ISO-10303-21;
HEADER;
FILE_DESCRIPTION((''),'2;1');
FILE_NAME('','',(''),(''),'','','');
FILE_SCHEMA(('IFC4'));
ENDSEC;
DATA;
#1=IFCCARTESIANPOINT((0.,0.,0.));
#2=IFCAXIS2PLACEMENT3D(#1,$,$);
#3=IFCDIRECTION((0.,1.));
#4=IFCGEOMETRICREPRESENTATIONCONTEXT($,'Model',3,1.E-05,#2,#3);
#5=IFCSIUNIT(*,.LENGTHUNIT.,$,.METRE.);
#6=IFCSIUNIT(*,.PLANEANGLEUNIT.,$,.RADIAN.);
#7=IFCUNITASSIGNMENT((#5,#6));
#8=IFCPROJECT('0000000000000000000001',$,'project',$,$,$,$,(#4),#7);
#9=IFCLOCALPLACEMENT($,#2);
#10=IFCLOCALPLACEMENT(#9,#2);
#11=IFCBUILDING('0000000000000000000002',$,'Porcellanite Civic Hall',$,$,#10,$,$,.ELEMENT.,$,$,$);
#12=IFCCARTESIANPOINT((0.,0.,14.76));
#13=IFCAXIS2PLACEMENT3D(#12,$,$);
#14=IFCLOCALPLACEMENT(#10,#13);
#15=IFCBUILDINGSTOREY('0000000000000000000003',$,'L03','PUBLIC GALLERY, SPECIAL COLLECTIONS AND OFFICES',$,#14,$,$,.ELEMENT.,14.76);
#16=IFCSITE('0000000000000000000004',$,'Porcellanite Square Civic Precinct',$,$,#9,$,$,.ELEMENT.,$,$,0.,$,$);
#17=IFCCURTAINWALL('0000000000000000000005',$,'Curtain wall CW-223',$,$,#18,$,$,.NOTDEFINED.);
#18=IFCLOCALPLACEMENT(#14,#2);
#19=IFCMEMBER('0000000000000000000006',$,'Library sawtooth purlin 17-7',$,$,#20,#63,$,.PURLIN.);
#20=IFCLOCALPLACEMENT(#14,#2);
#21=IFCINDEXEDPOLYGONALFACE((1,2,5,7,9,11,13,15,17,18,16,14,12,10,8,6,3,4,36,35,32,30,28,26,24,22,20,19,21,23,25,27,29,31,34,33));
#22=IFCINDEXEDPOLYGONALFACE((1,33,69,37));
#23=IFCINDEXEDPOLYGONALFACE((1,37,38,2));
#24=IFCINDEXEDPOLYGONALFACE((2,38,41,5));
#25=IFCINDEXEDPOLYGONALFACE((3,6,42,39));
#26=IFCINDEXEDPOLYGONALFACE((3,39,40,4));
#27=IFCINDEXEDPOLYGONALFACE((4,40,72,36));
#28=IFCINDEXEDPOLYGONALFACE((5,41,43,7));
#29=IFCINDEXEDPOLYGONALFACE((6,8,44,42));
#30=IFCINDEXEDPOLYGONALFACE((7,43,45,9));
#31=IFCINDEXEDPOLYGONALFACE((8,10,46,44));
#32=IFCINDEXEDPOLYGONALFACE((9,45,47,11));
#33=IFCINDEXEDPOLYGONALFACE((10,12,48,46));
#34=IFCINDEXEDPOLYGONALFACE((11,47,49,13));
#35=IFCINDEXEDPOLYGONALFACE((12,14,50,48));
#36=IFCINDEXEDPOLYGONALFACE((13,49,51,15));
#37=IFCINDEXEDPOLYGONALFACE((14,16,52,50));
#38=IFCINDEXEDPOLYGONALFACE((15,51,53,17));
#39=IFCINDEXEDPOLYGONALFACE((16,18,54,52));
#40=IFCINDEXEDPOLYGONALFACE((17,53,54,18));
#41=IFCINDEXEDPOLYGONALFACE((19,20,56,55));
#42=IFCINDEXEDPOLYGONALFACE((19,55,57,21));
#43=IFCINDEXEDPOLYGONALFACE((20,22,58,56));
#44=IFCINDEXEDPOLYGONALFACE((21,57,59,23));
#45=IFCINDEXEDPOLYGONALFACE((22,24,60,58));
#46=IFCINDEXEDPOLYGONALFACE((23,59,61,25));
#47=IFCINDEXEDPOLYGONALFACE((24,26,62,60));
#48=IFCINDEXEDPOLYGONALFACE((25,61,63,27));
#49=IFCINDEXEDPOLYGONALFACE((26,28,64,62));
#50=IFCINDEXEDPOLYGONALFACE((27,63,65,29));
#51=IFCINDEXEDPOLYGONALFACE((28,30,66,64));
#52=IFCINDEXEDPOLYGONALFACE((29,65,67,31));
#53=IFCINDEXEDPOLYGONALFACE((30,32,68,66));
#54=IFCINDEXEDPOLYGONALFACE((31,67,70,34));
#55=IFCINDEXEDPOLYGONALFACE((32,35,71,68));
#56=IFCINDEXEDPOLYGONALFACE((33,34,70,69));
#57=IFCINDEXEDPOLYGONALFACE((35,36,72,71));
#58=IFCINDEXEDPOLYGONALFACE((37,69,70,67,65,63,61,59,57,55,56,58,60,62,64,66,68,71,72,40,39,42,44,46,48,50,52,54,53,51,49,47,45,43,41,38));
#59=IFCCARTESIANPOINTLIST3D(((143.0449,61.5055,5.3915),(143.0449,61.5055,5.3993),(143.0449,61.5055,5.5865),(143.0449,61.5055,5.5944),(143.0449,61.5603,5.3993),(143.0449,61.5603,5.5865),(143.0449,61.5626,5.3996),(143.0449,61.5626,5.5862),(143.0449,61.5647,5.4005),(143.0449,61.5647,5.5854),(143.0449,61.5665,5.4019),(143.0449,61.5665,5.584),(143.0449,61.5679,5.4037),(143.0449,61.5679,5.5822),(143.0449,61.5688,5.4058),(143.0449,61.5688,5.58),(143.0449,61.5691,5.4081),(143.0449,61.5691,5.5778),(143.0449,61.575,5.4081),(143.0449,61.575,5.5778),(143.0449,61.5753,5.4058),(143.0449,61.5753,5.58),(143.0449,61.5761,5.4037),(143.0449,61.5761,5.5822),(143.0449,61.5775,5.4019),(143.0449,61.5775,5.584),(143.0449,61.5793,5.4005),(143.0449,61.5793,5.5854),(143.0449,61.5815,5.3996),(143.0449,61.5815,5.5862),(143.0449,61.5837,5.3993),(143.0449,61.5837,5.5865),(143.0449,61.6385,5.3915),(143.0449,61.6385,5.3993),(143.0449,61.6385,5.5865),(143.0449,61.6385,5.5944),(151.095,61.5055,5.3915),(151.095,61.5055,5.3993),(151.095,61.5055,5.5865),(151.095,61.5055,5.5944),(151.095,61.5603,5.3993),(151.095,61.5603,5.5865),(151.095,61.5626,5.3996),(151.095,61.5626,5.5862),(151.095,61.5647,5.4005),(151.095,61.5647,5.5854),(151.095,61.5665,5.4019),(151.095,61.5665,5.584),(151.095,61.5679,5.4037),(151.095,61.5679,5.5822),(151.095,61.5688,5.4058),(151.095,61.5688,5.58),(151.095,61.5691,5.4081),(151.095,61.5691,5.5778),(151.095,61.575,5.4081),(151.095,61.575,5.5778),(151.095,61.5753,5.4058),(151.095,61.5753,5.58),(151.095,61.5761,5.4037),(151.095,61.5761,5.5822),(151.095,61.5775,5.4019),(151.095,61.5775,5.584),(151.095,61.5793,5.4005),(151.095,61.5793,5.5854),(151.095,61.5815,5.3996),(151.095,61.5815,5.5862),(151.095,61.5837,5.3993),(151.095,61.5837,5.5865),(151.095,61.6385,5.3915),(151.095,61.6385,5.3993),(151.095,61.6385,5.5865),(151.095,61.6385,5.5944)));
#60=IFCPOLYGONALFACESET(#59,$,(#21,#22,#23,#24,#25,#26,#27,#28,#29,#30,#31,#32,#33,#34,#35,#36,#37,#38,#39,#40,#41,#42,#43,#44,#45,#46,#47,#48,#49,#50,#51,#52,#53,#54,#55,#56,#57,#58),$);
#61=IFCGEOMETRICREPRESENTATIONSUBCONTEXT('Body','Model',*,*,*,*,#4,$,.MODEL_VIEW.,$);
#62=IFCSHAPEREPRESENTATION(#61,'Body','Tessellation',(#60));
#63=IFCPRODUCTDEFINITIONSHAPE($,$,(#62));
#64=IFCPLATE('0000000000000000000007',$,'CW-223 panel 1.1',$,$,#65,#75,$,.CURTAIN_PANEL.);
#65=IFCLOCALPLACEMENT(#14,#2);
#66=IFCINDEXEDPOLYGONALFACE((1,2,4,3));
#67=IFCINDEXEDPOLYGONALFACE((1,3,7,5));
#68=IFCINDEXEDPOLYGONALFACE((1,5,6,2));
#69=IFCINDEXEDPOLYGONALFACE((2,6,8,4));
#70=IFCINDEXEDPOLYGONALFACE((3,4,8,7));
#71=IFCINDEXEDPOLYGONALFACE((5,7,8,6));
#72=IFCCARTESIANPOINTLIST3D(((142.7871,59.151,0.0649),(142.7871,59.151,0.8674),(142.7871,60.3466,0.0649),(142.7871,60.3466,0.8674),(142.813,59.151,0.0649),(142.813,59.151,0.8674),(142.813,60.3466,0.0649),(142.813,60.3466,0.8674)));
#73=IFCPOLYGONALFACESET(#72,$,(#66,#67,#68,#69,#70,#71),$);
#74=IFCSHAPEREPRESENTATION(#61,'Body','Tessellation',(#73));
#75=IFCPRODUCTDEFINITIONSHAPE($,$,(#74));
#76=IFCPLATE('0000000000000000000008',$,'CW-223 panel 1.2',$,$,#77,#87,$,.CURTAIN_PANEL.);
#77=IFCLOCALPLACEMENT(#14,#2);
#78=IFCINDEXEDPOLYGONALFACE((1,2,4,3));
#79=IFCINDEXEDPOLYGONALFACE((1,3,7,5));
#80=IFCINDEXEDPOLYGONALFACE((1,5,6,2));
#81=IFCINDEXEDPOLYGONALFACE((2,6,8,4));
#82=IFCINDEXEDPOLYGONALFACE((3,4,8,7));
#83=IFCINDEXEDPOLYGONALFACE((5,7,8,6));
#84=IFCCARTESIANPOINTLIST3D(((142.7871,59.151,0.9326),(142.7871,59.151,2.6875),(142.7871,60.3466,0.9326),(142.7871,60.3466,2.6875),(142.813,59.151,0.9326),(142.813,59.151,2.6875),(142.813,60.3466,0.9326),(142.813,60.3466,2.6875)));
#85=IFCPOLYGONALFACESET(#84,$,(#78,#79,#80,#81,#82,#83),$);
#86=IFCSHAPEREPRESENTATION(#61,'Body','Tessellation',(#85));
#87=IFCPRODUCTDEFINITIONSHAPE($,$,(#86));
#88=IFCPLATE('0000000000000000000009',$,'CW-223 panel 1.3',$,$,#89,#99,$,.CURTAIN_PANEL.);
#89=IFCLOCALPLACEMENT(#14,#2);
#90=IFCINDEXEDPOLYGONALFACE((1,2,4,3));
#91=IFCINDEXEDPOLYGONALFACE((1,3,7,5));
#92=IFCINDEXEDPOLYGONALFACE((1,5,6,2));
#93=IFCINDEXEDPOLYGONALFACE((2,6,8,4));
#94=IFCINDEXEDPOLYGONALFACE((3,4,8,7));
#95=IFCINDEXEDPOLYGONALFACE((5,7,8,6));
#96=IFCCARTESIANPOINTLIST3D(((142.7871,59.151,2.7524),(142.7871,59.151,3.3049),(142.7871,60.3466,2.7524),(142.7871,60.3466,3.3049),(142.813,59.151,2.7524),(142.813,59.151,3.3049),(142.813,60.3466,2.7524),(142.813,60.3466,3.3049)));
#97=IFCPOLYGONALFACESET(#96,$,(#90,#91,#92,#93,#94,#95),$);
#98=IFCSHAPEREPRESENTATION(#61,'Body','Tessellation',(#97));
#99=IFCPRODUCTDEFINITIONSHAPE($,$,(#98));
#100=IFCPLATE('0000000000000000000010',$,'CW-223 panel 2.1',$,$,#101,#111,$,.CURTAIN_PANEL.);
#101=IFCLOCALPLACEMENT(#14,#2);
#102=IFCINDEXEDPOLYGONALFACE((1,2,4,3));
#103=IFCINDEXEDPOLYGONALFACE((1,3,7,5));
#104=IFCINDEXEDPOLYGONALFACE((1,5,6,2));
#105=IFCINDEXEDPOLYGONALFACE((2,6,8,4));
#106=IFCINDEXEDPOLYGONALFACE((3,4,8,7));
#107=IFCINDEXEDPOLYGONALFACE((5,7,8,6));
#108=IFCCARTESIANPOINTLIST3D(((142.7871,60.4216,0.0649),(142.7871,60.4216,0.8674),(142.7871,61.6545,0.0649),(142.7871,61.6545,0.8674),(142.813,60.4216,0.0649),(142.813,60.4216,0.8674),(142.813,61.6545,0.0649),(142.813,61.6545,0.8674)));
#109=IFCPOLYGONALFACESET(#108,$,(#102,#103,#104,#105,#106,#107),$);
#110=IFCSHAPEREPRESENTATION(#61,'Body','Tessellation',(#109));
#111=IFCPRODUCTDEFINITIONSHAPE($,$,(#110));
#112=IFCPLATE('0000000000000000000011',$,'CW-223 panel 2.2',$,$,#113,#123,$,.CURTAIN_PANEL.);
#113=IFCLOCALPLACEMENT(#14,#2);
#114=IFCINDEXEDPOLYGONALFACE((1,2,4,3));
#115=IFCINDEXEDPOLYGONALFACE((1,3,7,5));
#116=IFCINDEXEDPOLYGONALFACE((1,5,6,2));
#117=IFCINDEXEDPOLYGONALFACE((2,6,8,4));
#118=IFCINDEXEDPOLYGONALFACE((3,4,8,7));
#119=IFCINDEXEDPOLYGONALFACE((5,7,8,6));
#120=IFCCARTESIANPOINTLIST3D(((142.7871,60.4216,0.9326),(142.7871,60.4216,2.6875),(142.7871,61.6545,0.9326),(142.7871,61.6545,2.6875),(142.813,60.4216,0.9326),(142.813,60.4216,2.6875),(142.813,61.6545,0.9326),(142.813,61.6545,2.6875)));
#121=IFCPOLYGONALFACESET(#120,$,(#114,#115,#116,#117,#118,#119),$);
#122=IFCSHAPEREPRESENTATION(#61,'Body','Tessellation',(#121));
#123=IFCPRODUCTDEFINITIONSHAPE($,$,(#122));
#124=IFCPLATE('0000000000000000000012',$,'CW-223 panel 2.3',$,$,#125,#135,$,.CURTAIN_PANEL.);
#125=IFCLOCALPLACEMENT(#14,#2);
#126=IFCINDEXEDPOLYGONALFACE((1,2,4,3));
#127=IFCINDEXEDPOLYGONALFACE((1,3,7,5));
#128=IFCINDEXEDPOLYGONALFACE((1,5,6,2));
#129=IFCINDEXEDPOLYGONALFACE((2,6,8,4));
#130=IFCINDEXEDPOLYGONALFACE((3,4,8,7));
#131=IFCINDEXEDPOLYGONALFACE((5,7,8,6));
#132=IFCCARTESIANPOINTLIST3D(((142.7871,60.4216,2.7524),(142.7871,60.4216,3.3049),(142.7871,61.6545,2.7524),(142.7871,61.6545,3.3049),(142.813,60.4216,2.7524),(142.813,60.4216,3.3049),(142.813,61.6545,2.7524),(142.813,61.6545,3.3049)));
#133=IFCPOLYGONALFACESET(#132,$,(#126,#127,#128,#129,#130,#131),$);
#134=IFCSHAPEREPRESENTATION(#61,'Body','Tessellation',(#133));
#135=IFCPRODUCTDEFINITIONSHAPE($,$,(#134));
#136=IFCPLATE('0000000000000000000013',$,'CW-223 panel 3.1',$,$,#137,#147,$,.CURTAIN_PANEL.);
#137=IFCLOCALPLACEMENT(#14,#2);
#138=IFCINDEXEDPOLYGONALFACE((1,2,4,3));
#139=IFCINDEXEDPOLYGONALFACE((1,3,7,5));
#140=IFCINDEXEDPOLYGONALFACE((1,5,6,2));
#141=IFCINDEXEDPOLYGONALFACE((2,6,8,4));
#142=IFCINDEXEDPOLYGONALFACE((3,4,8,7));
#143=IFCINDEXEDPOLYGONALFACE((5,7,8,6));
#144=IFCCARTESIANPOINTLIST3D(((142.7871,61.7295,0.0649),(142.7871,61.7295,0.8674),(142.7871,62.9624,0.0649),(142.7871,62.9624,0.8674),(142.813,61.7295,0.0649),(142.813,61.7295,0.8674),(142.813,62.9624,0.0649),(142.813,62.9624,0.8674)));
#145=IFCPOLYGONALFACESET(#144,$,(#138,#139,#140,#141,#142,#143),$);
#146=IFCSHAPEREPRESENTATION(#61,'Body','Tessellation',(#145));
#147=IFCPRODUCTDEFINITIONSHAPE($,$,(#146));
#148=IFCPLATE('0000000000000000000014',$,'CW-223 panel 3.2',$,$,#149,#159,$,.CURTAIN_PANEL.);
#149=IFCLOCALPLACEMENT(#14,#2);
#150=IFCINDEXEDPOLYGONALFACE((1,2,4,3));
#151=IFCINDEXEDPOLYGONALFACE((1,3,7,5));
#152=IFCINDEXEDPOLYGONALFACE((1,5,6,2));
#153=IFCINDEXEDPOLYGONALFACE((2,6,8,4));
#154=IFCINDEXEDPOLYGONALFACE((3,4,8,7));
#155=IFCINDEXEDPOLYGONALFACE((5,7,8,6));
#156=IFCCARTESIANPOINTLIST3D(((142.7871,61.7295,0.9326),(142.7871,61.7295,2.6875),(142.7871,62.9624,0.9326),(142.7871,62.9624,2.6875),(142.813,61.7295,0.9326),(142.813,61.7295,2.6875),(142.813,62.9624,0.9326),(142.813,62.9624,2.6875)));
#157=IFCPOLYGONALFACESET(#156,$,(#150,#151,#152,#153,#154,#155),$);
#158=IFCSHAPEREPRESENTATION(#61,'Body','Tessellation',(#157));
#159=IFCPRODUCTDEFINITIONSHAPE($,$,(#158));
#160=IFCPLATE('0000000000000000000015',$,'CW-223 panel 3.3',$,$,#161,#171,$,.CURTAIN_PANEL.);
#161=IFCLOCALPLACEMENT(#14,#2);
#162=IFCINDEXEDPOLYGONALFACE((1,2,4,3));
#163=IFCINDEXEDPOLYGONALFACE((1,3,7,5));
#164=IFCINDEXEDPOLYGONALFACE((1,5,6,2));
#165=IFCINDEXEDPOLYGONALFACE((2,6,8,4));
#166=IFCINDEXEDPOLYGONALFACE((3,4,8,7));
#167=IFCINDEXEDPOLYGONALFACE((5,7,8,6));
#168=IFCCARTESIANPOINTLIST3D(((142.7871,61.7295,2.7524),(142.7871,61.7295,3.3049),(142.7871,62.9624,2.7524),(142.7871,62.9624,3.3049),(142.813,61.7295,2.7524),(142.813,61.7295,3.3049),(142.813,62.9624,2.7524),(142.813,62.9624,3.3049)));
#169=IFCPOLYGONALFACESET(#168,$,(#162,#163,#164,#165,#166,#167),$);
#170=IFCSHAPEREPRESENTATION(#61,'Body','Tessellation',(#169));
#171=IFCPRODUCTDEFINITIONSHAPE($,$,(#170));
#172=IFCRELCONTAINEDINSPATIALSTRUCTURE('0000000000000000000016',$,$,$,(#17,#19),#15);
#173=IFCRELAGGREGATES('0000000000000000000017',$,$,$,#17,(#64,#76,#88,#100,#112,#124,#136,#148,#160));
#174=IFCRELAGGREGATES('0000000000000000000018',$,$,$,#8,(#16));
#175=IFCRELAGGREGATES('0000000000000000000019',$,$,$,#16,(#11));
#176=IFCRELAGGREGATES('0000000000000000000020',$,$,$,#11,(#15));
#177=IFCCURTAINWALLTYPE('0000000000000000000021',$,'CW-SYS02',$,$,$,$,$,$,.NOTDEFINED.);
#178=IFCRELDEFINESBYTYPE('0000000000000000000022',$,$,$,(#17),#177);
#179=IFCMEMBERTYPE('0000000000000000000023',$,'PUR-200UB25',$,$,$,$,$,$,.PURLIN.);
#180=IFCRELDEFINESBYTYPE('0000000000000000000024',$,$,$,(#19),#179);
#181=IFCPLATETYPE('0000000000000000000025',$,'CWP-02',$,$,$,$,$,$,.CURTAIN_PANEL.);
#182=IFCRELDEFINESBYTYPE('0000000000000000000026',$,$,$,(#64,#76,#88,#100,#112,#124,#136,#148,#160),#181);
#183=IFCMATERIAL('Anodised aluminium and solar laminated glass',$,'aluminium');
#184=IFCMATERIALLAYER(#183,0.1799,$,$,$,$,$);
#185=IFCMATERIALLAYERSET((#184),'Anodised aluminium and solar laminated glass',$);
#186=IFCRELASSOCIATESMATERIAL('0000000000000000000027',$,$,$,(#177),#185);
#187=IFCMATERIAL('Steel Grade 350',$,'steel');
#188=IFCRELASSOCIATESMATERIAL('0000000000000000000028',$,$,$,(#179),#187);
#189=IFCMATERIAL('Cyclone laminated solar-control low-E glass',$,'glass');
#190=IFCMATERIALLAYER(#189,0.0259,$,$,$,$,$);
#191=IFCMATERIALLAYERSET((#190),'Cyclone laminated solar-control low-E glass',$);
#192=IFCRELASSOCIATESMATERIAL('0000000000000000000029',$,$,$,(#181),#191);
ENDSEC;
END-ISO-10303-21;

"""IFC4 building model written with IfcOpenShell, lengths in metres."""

from ifc_helpers import new_model, si_unit, direction, frame, origin, origin_2d, place, context, subcontext, project, spatial, rectangle, i_section, extrude, material, layer, layer_set, material_profile, profile_set, type_object, element, aggregate, save


model = new_model("IFC4")

# Units and contexts
model_context = context("Model", 3, precision=1e-05, world=origin(), true_north=direction((0.0, 1.0)))
body_context = subcontext(model_context, "Body", "Model", "MODEL_VIEW")
ifc_project = project(units=[si_unit("LENGTHUNIT", "METRE"), si_unit("PLANEANGLEUNIT", "RADIAN")], contexts=[model_context])

# Site, building, storey
site_placement = place(None, origin())
site = spatial("IfcSite", under=ifc_project, at=site_placement, Name="Porcellanite Square Civic Precinct", CompositionType="ELEMENT", RefElevation=0.0)
building_placement = place(site_placement, origin())
building = spatial("IfcBuilding", under=site, at=building_placement, Name="Porcellanite Civic Hall", CompositionType="ELEMENT")
storey_placement = place(building_placement, frame((0.0, 0.0, 14.76)))
storey = spatial("IfcBuildingStorey", under=building, at=storey_placement, Name="L03", Description="PUBLIC GALLERY, SPECIAL COLLECTIONS AND OFFICES", CompositionType="ELEMENT", Elevation=14.76)

# Curtain wall
ifc_material_1 = material(Name="Anodised aluminium and solar laminated glass", Category="aluminium")
ifc_layer_1 = layer(ifc_material_1, 0.1799)
ifc_layer_set_1 = layer_set([ifc_layer_1], Name="Anodised aluminium and solar laminated glass")
curtain_wall_type = type_object("IfcCurtainWallType", Name="CW-SYS02", PredefinedType="NOTDEFINED", material=ifc_layer_set_1)
curtain_wall_placement = place(storey_placement, origin())
curtain_wall = element("IfcCurtainWall", 1, at=curtain_wall_placement, inside=storey, type_object=curtain_wall_type, Name="Curtain wall CW-223", PredefinedType="NOTDEFINED")

# Member
ifc_material_2 = material(Name="Steel Grade 350", Category="steel")
ifc_material_profile_1 = material_profile(ifc_material_2, i_section(OverallWidth=0.1331, OverallDepth=0.2029, WebThickness=0.0059, FlangeThickness=0.0078, FilletRadius=0.0088, at=origin_2d()), Name="200UB25.4")
ifc_profile_set_1 = profile_set([ifc_material_profile_1], Name="Steel Grade 350")
member_type_1 = type_object("IfcMemberType", Name="PUR-200UB25", PredefinedType="PURLIN", material=ifc_profile_set_1)
member_1_placement = place(storey_placement, frame((143.0449, 61.572, 5.4929), z_axis=(1.0, 0.0, 0.0), x_axis=(0.0, 1.0, 0.0)))
element("IfcMember", 2, at=member_1_placement, inside=storey, type_object=member_type_1, Name="Library sawtooth purlin 17-7", PredefinedType="PURLIN", context=body_context, shape_type="SweptSolid", body=[
    extrude(i_section(OverallWidth=0.1331, OverallDepth=0.2029, WebThickness=0.0059, FlangeThickness=0.0078, FilletRadius=0.0088, at=origin_2d()), origin(), (0.0, 0.0, 1.0), 8.05),
])

# Plates
ifc_material_3 = material(Name="Cyclone laminated solar-control low-E glass", Category="glass")
ifc_layer_2 = layer(ifc_material_3, 0.0259)
ifc_layer_set_2 = layer_set([ifc_layer_2], Name="Cyclone laminated solar-control low-E glass")
plate_type = type_object("IfcPlateType", Name="CWP-02", PredefinedType="CURTAIN_PANEL", material=ifc_layer_set_2)
plate_1_placement = place(storey_placement, frame((142.8, 59.7488, 0.0649), z_axis=(0.0, 0.0, 1.0), x_axis=(0.0, 1.0, 0.0)))
plate_1 = element("IfcPlate", 3, at=plate_1_placement, type_object=plate_type, Name="CW-223 panel 1.1", PredefinedType="CURTAIN_PANEL", context=body_context, shape_type="SweptSolid", body=[
    extrude(rectangle(XDim=1.1956, YDim=0.0259, at=origin_2d()), origin(), (0.0, 0.0, 1.0), 0.8025),
])
plate_2_placement = place(storey_placement, frame((142.8, 59.7488, 0.9326), z_axis=(0.0, 0.0, 1.0), x_axis=(0.0, 1.0, 0.0)))
plate_2 = element("IfcPlate", 4, at=plate_2_placement, type_object=plate_type, Name="CW-223 panel 1.2", PredefinedType="CURTAIN_PANEL", context=body_context, shape_type="SweptSolid", body=[
    extrude(rectangle(XDim=1.1956, YDim=0.0259, at=origin_2d()), origin(), (0.0, 0.0, 1.0), 1.7549),
])
plate_3_placement = place(storey_placement, frame((142.8, 59.7488, 2.7524), z_axis=(0.0, 0.0, 1.0), x_axis=(0.0, 1.0, 0.0)))
plate_3 = element("IfcPlate", 5, at=plate_3_placement, type_object=plate_type, Name="CW-223 panel 1.3", PredefinedType="CURTAIN_PANEL", context=body_context, shape_type="SweptSolid", body=[
    extrude(rectangle(XDim=1.1956, YDim=0.0259, at=origin_2d()), origin(), (0.0, 0.0, 1.0), 0.5525),
])
plate_4_placement = place(storey_placement, frame((142.8, 61.0381, 0.0649), z_axis=(0.0, 0.0, 1.0), x_axis=(0.0, 1.0, 0.0)))
plate_4 = element("IfcPlate", 6, at=plate_4_placement, type_object=plate_type, Name="CW-223 panel 2.1", PredefinedType="CURTAIN_PANEL", context=body_context, shape_type="SweptSolid", body=[
    extrude(rectangle(XDim=1.2329, YDim=0.0259, at=origin_2d()), origin(), (0.0, 0.0, 1.0), 0.8025),
])
plate_5_placement = place(storey_placement, frame((142.8, 61.0381, 0.9326), z_axis=(0.0, 0.0, 1.0), x_axis=(0.0, 1.0, 0.0)))
plate_5 = element("IfcPlate", 7, at=plate_5_placement, type_object=plate_type, Name="CW-223 panel 2.2", PredefinedType="CURTAIN_PANEL", context=body_context, shape_type="SweptSolid", body=[
    extrude(rectangle(XDim=1.2329, YDim=0.0259, at=origin_2d()), origin(), (0.0, 0.0, 1.0), 1.7549),
])
plate_6_placement = place(storey_placement, frame((142.8, 61.0381, 2.7524), z_axis=(0.0, 0.0, 1.0), x_axis=(0.0, 1.0, 0.0)))
plate_6 = element("IfcPlate", 8, at=plate_6_placement, type_object=plate_type, Name="CW-223 panel 2.3", PredefinedType="CURTAIN_PANEL", context=body_context, shape_type="SweptSolid", body=[
    extrude(rectangle(XDim=1.2329, YDim=0.0259, at=origin_2d()), origin(), (0.0, 0.0, 1.0), 0.5525),
])
plate_7_placement = place(storey_placement, frame((142.8, 62.3459, 0.0649), z_axis=(0.0, 0.0, 1.0), x_axis=(0.0, 1.0, 0.0)))
plate_7 = element("IfcPlate", 9, at=plate_7_placement, type_object=plate_type, Name="CW-223 panel 3.1", PredefinedType="CURTAIN_PANEL", context=body_context, shape_type="SweptSolid", body=[
    extrude(rectangle(XDim=1.2329, YDim=0.0259, at=origin_2d()), origin(), (0.0, 0.0, 1.0), 0.8025),
])
plate_8_placement = place(storey_placement, frame((142.8, 62.3459, 0.9326), z_axis=(0.0, 0.0, 1.0), x_axis=(0.0, 1.0, 0.0)))
plate_8 = element("IfcPlate", 10, at=plate_8_placement, type_object=plate_type, Name="CW-223 panel 3.2", PredefinedType="CURTAIN_PANEL", context=body_context, shape_type="SweptSolid", body=[
    extrude(rectangle(XDim=1.2329, YDim=0.0259, at=origin_2d()), origin(), (0.0, 0.0, 1.0), 1.7549),
])
plate_9_placement = place(storey_placement, frame((142.8, 62.3459, 2.7524), z_axis=(0.0, 0.0, 1.0), x_axis=(0.0, 1.0, 0.0)))
plate_9 = element("IfcPlate", 11, at=plate_9_placement, type_object=plate_type, Name="CW-223 panel 3.3", PredefinedType="CURTAIN_PANEL", context=body_context, shape_type="SweptSolid", body=[
    extrude(rectangle(XDim=1.2329, YDim=0.0259, at=origin_2d()), origin(), (0.0, 0.0, 1.0), 0.5525),
])
aggregate(curtain_wall, [plate_1, plate_2, plate_3, plate_4, plate_5, plate_6, plate_7, plate_8, plate_9])

save(model, "model.ifc")
